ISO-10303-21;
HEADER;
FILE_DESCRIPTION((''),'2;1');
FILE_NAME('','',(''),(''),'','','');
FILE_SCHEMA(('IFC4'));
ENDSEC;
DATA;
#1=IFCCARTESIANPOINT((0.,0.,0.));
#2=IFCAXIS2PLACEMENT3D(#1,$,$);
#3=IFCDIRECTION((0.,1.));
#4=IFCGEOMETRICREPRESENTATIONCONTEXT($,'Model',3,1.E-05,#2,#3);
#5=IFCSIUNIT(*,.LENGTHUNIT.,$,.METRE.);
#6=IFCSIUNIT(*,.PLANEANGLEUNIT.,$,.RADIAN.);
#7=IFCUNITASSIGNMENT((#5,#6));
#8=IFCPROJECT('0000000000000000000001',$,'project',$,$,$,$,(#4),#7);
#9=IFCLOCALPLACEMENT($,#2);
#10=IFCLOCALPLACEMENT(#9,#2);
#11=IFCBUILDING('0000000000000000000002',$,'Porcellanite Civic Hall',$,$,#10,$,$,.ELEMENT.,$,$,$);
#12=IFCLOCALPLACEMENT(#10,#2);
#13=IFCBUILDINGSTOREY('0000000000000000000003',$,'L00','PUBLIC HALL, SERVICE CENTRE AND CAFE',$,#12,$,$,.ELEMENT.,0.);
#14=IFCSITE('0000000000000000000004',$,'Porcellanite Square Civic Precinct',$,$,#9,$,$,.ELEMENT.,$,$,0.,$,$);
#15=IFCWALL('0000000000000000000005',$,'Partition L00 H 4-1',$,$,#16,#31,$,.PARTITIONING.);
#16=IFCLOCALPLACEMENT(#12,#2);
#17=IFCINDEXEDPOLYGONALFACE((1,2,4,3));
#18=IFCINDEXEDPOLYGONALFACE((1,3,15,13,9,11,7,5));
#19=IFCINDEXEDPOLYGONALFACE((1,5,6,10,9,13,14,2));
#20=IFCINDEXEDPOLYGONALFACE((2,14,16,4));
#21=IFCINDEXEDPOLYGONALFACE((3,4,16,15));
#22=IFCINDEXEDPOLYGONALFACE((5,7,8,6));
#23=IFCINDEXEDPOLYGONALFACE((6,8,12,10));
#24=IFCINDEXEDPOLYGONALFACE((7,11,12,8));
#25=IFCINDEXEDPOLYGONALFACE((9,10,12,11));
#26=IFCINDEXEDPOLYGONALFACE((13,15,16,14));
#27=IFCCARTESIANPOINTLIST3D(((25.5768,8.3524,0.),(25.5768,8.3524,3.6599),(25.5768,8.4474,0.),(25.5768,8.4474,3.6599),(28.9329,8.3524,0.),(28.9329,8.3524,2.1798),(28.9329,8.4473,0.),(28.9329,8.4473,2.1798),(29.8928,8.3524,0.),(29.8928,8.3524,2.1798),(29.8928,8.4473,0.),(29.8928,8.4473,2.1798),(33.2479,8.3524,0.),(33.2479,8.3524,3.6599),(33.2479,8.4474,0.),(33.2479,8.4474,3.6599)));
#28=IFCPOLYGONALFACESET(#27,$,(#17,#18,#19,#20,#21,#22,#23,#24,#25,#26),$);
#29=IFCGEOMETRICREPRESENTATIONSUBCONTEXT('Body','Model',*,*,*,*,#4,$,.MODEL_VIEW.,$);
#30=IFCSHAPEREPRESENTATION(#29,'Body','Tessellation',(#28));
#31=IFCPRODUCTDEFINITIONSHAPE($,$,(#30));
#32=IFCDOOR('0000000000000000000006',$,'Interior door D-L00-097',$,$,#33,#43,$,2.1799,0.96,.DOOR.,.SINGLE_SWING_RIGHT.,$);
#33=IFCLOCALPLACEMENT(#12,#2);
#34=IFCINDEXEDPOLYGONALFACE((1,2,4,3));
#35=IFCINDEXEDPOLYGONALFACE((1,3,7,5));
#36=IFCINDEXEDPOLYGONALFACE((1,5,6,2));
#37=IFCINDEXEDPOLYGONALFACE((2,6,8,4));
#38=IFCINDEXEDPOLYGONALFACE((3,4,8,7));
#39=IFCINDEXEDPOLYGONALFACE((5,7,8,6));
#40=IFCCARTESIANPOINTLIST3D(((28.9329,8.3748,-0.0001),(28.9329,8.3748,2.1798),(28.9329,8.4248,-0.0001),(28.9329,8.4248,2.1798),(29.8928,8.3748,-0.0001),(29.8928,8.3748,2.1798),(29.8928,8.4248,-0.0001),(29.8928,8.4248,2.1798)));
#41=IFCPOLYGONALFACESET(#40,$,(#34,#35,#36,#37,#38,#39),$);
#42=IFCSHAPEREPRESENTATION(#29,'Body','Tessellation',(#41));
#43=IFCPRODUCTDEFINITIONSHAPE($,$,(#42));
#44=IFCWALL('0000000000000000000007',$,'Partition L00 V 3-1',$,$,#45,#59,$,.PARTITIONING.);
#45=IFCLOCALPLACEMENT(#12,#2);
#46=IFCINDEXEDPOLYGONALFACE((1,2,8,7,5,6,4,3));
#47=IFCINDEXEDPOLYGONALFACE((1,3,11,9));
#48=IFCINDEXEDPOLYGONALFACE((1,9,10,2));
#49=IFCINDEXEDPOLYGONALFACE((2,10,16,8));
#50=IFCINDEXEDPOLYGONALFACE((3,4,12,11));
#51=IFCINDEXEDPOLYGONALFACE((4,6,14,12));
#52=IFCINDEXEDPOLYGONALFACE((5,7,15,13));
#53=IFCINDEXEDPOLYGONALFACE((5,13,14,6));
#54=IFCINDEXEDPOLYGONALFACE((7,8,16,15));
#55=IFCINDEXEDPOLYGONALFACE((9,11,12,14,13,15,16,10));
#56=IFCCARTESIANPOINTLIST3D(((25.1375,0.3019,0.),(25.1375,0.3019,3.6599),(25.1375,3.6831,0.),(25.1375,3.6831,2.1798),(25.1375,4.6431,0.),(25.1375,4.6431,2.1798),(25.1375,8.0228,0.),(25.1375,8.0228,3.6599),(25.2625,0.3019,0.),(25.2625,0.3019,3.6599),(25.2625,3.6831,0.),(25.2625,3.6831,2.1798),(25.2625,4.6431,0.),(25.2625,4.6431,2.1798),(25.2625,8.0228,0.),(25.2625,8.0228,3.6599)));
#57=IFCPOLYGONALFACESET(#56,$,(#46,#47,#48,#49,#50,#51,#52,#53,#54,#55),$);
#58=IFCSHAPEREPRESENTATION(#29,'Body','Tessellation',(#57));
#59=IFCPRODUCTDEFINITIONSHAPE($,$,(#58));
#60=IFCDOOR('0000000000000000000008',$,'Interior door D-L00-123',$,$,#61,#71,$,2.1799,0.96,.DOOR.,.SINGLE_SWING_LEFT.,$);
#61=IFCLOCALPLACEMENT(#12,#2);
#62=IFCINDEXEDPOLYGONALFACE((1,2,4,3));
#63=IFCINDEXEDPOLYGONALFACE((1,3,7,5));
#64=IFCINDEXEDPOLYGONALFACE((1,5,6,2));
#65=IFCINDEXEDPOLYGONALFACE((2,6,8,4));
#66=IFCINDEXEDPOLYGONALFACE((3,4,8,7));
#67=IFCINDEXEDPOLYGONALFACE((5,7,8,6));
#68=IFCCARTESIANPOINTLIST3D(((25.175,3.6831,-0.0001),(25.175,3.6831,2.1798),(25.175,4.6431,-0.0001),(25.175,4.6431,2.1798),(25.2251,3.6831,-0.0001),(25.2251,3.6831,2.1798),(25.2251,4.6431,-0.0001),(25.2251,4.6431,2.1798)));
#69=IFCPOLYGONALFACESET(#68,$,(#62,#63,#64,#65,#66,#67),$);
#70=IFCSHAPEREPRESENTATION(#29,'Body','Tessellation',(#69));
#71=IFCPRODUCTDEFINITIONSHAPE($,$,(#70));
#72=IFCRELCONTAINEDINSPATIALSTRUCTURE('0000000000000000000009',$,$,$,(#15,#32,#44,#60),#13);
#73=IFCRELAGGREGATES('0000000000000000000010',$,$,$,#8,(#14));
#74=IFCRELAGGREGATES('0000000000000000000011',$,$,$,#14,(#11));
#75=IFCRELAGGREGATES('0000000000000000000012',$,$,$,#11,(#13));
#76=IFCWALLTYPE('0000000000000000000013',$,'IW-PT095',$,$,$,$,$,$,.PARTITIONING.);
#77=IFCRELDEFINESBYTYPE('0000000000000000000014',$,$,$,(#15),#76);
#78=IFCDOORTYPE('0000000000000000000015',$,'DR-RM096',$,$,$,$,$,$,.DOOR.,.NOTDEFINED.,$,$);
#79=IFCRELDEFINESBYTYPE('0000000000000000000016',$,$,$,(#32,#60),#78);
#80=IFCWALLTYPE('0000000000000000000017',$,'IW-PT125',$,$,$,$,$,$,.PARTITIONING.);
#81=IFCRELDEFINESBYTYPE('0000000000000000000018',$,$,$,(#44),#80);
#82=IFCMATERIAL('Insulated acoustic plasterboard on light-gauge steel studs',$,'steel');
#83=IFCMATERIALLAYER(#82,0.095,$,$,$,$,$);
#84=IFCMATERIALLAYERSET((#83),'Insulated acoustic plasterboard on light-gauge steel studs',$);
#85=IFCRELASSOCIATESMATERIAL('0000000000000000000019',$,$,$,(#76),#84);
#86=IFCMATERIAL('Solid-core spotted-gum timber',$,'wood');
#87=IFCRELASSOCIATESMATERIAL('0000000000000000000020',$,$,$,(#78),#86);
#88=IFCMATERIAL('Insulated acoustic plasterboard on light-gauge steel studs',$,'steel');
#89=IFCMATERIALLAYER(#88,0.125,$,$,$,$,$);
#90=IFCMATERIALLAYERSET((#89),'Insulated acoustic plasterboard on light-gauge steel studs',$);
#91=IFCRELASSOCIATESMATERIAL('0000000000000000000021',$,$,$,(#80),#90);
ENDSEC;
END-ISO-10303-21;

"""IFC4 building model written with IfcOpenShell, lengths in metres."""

from ifc_helpers import new_model, si_unit, direction, frame, frame_2d, origin, place, context, subcontext, project, spatial, rectangle, extrude, material, layer, layer_set, type_object, element, fill, save


model = new_model("IFC4")

# Units and contexts
model_context = context("Model", 3, precision=1e-05, world=origin(), true_north=direction((0.0, 1.0)))
body_context = subcontext(model_context, "Body", "Model", "MODEL_VIEW")
ifc_project = project(units=[si_unit("LENGTHUNIT", "METRE"), si_unit("PLANEANGLEUNIT", "RADIAN")], contexts=[model_context])

# Site, building, storey
site_placement = place(None, origin())
site = spatial("IfcSite", under=ifc_project, at=site_placement, Name="Porcellanite Square Civic Precinct", CompositionType="ELEMENT", RefElevation=0.0)
building_placement = place(site_placement, origin())
building = spatial("IfcBuilding", under=site, at=building_placement, Name="Porcellanite Civic Hall", CompositionType="ELEMENT")
storey_placement = place(building_placement, origin())
storey = spatial("IfcBuildingStorey", under=building, at=storey_placement, Name="L00", Description="PUBLIC HALL, SERVICE CENTRE AND CAFE", CompositionType="ELEMENT", Elevation=0.0)

# Walls, openings, doors
ifc_material_1 = material(Name="Insulated acoustic plasterboard on light-gauge steel studs", Category="steel")
ifc_layer_1 = layer(ifc_material_1, 0.095)
ifc_layer_set_1 = layer_set([ifc_layer_1], Name="Insulated acoustic plasterboard on light-gauge steel studs")
wall_type_1 = type_object("IfcWallType", Name="IW-PT095", PredefinedType="PARTITIONING", material=ifc_layer_set_1)
wall_1_placement = place(storey_placement, frame((25.5769, 8.3999, 0.0), z_axis=(0.0, 0.0, 1.0), x_axis=(1.0, 0.0, 0.0)))
wall_1 = element("IfcWall", 1, at=wall_1_placement, inside=storey, type_object=wall_type_1, Name="Partition L00 H 4-1", PredefinedType="PARTITIONING", context=body_context, shape_type="SweptSolid", body=[
    extrude(rectangle(XDim=7.6711, YDim=0.095, at=frame_2d((3.8354, 0.0))), origin(), (0.0, 0.0, 1.0), 3.6599),
])
opening_1_placement = place(wall_1_placement, frame((3.356, 0.0, 0.0)))
opening_1 = element("IfcOpeningElement", 2, at=opening_1_placement, cuts=wall_1, PredefinedType="OPENING", context=body_context, shape_type="SweptSolid", body=[
    extrude(rectangle(XDim=0.96, YDim=2.1799, at=frame_2d((0.48, 1.0898))), frame((0.0, 0.0474, 0.0), z_axis=(0.0, -1.0, 0.0), x_axis=(1.0, 0.0, 0.0)), (0.0, 0.0, 1.0), 0.095),
])
ifc_material_2 = material(Name="Solid-core spotted-gum timber", Category="wood")
door_type_1 = type_object("IfcDoorType", Name="DR-RM096", OperationType="NOTDEFINED", PredefinedType="DOOR", material=ifc_material_2)
door_1_placement = place(opening_1_placement, origin())
door_1 = element("IfcDoor", 3, at=door_1_placement, inside=storey, type_object=door_type_1, Name="Interior door D-L00-097", OperationType="SINGLE_SWING_RIGHT", OverallHeight=2.1799, OverallWidth=0.96, PredefinedType="DOOR", context=body_context, shape_type="SweptSolid", body=[
    extrude(rectangle(XDim=0.96, YDim=2.1799, at=frame_2d((0.48, 1.0898))), frame((0.0, 0.0249, 0.0), z_axis=(0.0, -1.0, 0.0), x_axis=(1.0, 0.0, 0.0)), (0.0, 0.0, 1.0), 0.05),
])
fill(opening_1, door_1)
ifc_material_3 = material(Name="Insulated acoustic plasterboard on light-gauge steel studs", Category="steel")
ifc_layer_2 = layer(ifc_material_3, 0.125)
ifc_layer_set_2 = layer_set([ifc_layer_2], Name="Insulated acoustic plasterboard on light-gauge steel studs")
wall_type_2 = type_object("IfcWallType", Name="IW-PT125", PredefinedType="PARTITIONING", material=ifc_layer_set_2)
wall_2_placement = place(storey_placement, frame((25.2, 0.302, 0.0), z_axis=(0.0, 0.0, 1.0), x_axis=(0.0, 1.0, 0.0)))
wall_2 = element("IfcWall", 4, at=wall_2_placement, inside=storey, type_object=wall_type_2, Name="Partition L00 V 3-1", PredefinedType="PARTITIONING", context=body_context, shape_type="SweptSolid", body=[
    extrude(rectangle(XDim=7.7209, YDim=0.125, at=frame_2d((3.8604, 0.0))), origin(), (0.0, 0.0, 1.0), 3.6599),
])
opening_2_placement = place(wall_2_placement, frame((3.3811, 0.0, 0.0)))
opening_2 = element("IfcOpeningElement", 5, at=opening_2_placement, cuts=wall_2, PredefinedType="OPENING", context=body_context, shape_type="SweptSolid", body=[
    extrude(rectangle(XDim=0.96, YDim=2.1799, at=frame_2d((0.48, 1.0898))), frame((0.0, 0.0625, 0.0), z_axis=(0.0, -1.0, 0.0), x_axis=(1.0, 0.0, 0.0)), (0.0, 0.0, 1.0), 0.125),
])
door_2_placement = place(opening_2_placement, origin())
door_2 = element("IfcDoor", 6, at=door_2_placement, inside=storey, type_object=door_type_1, Name="Interior door D-L00-123", OperationType="SINGLE_SWING_LEFT", OverallHeight=2.1799, OverallWidth=0.96, PredefinedType="DOOR", context=body_context, shape_type="SweptSolid", body=[
    extrude(rectangle(XDim=0.96, YDim=2.1799, at=frame_2d((0.48, 1.0898))), frame((0.0, 0.0249, 0.0), z_axis=(0.0, -1.0, 0.0), x_axis=(1.0, 0.0, 0.0)), (0.0, 0.0, 1.0), 0.05),
])
fill(opening_2, door_2)

save(model, "model.ifc")
